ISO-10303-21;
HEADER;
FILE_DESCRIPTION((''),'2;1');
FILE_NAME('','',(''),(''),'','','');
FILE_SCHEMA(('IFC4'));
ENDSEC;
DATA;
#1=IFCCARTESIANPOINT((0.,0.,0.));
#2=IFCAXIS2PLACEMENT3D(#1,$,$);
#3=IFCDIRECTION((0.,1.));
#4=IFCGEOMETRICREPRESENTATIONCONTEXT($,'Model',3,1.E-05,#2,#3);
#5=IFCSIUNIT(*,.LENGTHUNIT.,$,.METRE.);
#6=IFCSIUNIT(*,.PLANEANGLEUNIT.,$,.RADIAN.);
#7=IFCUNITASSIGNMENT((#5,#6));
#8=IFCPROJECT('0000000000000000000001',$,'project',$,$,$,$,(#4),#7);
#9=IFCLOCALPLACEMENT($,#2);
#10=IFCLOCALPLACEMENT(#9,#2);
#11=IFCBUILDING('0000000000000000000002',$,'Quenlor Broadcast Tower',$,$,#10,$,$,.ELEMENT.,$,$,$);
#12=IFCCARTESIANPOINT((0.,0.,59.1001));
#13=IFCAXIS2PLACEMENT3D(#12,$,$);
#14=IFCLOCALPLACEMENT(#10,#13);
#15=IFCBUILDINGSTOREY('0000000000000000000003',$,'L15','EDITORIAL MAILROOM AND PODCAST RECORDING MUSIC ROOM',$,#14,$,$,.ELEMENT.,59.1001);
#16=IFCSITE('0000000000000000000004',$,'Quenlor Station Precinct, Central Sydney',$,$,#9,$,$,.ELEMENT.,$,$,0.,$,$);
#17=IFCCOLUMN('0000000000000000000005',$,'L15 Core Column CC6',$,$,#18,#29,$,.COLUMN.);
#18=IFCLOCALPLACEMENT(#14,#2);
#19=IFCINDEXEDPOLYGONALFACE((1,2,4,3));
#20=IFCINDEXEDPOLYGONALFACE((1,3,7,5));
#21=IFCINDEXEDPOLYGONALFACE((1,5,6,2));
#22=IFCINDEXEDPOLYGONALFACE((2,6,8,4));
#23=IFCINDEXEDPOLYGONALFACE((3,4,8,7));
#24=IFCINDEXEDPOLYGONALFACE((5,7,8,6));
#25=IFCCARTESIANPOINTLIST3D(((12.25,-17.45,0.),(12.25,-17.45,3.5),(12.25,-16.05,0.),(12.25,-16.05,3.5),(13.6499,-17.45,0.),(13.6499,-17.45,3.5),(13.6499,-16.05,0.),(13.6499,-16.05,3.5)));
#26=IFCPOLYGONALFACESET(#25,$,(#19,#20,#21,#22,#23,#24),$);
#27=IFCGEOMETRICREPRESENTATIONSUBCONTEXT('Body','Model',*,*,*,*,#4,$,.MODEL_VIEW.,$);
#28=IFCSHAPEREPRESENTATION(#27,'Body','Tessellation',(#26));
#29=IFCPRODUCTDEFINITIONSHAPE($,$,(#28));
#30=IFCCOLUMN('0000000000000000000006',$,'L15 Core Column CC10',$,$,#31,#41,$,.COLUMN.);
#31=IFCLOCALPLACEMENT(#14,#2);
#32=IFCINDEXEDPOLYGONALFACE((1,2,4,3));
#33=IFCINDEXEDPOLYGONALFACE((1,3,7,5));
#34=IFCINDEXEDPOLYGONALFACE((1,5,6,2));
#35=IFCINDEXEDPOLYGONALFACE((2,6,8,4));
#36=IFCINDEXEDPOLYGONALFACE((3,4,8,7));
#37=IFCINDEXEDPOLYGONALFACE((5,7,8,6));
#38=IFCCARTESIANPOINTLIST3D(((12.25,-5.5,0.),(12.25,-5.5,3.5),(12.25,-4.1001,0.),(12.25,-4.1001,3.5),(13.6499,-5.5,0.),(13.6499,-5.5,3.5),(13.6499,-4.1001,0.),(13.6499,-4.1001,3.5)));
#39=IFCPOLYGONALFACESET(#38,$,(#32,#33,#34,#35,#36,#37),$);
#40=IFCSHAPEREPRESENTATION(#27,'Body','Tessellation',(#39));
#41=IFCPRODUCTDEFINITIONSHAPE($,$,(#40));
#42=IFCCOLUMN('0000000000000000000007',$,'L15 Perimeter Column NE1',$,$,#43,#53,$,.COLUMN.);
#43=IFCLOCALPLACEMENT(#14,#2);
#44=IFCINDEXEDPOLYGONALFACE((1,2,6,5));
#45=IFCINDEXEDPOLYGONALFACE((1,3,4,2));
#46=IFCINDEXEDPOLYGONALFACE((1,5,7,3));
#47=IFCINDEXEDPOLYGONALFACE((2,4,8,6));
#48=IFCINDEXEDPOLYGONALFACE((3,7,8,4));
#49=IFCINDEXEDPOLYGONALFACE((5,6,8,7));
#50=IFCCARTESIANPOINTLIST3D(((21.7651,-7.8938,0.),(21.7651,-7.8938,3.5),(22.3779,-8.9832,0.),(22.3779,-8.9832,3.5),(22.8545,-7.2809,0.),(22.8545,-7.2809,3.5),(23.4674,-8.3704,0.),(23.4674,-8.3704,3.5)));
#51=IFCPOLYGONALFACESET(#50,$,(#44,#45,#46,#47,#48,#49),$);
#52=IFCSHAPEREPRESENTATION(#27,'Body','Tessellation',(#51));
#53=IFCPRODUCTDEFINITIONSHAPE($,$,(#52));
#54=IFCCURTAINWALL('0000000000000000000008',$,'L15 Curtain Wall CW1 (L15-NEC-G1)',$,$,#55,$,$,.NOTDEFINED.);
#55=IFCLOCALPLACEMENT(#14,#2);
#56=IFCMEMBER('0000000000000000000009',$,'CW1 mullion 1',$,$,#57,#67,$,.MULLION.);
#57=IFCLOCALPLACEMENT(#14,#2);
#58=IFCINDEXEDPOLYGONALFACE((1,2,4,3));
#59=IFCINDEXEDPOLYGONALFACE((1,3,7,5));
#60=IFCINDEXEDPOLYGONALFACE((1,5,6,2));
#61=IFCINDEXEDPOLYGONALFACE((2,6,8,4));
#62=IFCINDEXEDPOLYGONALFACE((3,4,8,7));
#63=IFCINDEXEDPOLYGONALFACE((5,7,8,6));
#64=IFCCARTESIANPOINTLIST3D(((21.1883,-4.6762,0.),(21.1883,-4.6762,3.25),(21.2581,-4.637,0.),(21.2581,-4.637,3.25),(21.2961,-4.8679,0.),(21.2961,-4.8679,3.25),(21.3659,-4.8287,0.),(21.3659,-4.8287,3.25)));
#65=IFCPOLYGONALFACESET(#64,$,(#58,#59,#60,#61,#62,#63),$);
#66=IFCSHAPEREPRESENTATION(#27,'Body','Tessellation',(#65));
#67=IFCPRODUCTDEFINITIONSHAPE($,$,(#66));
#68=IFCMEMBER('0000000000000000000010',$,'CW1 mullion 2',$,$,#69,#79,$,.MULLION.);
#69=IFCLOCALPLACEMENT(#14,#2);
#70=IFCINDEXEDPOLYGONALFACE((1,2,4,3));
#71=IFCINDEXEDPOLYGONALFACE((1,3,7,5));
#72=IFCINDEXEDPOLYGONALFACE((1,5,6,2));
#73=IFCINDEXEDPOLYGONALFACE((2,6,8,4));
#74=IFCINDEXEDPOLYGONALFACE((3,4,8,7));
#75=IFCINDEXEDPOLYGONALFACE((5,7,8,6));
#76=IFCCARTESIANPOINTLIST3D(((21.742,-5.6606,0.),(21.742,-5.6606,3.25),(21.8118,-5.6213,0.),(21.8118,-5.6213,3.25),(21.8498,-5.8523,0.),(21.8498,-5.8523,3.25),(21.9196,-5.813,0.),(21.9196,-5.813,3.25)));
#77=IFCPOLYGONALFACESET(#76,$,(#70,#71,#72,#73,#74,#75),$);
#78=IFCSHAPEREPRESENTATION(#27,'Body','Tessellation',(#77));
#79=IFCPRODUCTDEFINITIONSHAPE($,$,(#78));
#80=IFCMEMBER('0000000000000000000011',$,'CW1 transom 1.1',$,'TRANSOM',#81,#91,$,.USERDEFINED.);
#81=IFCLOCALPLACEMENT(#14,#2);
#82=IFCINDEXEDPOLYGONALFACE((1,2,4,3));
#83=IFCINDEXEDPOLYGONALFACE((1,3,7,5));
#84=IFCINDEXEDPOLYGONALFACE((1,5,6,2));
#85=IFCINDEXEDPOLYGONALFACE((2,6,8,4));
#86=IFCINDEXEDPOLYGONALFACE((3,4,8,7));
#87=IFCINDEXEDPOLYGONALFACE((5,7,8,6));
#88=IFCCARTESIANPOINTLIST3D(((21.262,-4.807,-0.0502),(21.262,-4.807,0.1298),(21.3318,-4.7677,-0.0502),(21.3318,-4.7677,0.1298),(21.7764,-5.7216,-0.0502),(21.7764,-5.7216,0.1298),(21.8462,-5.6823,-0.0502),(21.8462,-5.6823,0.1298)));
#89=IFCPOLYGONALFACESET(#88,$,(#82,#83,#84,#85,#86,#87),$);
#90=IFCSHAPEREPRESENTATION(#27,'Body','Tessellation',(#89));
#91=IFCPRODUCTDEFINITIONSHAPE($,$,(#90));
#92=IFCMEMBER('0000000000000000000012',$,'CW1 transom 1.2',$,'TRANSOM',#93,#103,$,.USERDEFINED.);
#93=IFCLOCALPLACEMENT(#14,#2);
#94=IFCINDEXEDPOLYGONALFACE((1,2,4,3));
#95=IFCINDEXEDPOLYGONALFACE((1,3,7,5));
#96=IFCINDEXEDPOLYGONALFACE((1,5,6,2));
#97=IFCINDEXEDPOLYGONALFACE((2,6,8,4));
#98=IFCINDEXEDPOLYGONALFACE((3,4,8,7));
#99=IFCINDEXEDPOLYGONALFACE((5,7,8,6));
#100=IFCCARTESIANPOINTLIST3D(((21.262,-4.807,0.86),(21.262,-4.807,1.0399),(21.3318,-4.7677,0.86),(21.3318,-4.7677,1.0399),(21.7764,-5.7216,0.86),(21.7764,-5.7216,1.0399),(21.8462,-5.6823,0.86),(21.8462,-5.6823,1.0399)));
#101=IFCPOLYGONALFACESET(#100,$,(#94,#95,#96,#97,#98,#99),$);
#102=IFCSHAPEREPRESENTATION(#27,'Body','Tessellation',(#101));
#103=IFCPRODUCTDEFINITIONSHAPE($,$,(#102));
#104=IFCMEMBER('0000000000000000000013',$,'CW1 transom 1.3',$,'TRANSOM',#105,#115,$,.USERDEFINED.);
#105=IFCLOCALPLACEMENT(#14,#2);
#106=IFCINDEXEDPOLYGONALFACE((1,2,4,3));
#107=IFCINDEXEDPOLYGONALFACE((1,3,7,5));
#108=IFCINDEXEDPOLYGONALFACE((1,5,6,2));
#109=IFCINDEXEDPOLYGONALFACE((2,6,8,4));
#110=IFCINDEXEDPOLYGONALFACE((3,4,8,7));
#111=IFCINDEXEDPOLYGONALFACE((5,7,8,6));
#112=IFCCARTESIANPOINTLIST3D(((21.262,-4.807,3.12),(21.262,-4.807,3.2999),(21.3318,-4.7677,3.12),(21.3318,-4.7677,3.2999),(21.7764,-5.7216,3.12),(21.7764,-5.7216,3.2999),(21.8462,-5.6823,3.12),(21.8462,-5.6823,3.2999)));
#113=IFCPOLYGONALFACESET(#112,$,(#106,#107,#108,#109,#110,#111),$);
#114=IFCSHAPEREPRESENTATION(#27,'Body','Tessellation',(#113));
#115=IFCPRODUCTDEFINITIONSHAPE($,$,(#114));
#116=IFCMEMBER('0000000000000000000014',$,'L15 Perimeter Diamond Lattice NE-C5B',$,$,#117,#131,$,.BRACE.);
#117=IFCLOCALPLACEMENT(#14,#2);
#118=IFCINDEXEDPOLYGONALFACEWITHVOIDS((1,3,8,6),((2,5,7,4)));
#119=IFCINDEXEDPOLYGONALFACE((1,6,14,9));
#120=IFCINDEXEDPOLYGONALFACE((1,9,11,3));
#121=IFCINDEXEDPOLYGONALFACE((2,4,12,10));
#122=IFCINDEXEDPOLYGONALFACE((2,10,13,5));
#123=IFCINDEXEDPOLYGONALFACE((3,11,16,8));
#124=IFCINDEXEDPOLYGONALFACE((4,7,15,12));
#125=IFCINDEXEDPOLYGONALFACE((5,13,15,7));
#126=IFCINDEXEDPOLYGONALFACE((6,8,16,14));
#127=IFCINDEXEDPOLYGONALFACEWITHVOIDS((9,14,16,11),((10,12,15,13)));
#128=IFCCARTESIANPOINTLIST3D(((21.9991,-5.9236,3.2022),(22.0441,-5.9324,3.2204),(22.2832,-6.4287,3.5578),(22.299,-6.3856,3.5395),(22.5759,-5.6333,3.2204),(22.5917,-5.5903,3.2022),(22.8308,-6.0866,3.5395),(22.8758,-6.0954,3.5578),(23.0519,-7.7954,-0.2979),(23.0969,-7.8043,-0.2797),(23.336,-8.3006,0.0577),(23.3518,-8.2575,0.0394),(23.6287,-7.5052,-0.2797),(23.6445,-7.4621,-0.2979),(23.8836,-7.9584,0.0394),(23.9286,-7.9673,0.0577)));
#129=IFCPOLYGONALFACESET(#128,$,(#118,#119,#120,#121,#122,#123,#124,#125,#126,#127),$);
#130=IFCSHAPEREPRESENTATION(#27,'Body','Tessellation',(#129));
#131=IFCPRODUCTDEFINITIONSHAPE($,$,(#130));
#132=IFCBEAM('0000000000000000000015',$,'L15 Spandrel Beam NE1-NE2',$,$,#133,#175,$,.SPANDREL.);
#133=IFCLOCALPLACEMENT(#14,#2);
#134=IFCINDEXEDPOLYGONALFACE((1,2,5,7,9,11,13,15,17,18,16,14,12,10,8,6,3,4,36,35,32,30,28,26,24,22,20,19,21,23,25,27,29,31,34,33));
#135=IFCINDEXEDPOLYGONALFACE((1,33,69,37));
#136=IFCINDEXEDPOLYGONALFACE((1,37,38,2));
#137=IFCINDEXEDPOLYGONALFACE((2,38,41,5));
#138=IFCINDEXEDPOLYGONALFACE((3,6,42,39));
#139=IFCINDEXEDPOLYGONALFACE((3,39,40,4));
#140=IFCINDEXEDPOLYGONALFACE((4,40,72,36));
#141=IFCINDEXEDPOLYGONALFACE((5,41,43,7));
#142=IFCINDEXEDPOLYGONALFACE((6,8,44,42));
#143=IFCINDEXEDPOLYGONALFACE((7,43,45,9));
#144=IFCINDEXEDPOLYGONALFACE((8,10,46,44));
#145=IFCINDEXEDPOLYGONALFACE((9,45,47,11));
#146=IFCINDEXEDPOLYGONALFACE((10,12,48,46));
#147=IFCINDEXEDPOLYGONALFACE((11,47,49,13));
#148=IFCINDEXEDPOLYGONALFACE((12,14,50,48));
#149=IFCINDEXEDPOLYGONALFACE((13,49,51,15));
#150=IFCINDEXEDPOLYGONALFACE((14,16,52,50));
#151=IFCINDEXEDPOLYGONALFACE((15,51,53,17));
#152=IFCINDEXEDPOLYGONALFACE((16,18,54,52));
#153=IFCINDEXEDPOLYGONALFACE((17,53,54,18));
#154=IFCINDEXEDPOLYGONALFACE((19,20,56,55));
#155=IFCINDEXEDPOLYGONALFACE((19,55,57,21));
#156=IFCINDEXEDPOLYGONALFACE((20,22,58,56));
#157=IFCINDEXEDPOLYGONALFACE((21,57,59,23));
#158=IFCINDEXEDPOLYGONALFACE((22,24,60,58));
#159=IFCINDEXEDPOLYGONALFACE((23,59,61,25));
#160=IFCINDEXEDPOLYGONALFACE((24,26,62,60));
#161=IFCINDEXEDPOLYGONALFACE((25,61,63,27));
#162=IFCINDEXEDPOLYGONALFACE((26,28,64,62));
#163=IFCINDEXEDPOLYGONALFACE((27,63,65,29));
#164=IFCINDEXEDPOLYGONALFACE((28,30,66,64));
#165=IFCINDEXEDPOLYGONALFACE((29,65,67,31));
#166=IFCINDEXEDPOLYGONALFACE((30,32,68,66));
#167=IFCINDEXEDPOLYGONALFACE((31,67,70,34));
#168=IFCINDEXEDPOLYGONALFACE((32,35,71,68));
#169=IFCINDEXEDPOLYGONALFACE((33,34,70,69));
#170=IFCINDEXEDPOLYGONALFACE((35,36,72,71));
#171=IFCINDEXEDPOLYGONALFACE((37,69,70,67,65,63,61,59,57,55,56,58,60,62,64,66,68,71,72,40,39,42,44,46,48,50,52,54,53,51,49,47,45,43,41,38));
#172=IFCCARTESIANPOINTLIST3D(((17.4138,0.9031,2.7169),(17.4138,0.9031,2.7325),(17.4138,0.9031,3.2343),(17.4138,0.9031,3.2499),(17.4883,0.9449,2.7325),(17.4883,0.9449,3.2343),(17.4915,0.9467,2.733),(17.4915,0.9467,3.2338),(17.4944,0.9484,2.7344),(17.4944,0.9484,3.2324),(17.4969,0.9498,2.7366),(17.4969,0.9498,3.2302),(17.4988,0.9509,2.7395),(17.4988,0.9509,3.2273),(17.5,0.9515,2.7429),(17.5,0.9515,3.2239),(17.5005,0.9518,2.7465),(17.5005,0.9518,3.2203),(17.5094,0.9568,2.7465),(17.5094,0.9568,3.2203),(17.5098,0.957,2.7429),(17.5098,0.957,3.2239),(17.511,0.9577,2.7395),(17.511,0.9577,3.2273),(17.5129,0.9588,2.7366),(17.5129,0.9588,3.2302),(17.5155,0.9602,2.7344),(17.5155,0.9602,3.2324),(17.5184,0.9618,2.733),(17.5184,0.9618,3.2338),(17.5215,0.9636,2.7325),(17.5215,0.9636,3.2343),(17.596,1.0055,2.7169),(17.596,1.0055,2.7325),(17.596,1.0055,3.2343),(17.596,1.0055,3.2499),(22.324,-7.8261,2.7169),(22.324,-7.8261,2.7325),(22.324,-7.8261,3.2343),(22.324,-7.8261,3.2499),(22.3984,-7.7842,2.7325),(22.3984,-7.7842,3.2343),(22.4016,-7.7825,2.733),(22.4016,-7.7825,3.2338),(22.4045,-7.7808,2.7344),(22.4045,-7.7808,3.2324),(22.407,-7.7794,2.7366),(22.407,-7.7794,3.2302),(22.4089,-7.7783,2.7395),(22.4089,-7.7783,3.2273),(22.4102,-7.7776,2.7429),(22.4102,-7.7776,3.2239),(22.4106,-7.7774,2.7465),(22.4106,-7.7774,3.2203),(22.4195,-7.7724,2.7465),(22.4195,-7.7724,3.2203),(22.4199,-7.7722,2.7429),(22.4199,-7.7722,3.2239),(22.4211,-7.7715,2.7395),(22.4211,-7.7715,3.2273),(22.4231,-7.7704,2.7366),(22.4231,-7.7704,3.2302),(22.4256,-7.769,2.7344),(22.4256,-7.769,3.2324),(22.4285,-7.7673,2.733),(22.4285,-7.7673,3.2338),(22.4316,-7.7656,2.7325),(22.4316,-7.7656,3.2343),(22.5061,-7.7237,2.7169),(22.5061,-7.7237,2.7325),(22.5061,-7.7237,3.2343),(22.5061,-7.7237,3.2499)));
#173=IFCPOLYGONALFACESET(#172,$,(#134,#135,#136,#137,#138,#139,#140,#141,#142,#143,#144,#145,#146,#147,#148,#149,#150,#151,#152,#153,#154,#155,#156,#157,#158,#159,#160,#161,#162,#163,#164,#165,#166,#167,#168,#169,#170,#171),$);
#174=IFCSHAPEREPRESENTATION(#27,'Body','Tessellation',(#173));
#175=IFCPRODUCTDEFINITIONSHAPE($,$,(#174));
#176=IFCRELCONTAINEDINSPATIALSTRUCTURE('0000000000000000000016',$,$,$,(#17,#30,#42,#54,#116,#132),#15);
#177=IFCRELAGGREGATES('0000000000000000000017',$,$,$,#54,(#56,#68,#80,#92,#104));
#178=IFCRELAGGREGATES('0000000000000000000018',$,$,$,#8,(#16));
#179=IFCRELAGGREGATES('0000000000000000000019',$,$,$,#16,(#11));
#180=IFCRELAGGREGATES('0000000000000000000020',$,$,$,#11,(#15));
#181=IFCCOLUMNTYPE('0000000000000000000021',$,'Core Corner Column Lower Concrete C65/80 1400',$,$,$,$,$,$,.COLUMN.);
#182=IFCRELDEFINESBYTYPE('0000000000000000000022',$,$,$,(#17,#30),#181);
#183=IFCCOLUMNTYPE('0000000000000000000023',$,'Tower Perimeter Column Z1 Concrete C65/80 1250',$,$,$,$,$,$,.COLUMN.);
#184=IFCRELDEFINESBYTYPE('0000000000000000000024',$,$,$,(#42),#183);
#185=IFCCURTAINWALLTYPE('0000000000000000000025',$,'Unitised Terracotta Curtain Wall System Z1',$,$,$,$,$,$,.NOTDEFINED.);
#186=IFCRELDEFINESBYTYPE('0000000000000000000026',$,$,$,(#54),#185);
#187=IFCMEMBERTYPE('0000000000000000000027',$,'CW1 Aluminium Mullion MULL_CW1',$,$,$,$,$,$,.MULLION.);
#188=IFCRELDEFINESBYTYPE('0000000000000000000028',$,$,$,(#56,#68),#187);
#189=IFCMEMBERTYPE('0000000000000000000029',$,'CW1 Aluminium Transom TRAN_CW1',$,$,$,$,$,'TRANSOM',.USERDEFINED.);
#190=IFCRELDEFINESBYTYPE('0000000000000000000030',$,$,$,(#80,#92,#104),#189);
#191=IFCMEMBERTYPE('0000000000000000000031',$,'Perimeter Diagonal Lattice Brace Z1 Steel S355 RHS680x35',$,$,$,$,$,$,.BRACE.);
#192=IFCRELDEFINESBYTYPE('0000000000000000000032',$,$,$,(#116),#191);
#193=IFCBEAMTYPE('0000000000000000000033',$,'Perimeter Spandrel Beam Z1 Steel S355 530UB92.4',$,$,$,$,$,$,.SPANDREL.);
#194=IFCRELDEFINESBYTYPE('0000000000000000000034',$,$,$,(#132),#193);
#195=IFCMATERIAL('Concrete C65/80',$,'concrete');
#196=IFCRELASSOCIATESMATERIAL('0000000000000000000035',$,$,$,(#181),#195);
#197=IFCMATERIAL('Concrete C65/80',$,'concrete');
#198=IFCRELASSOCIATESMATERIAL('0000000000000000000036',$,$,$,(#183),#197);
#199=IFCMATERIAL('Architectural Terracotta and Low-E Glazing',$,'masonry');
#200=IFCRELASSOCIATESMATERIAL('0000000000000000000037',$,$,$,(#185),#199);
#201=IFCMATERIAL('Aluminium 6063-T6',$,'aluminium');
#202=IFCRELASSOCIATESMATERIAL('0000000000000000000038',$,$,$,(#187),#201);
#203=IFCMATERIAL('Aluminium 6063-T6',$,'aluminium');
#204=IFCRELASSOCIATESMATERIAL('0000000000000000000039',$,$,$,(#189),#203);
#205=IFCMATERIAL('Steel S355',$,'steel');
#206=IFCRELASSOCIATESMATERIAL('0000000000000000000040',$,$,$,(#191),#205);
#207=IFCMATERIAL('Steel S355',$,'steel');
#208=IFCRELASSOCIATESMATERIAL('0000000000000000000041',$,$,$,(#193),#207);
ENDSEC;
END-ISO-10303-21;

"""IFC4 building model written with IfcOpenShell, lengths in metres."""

from ifc_helpers import new_model, si_unit, direction, frame, origin, origin_2d, place, context, subcontext, project, spatial, rectangle, hollow_rectangle, i_section, extrude, material, material_profile, profile_set, type_object, element, aggregate, save


model = new_model("IFC4")

# Units and contexts
model_context = context("Model", 3, precision=1e-05, world=origin(), true_north=direction((0.0, 1.0)))
body_context = subcontext(model_context, "Body", "Model", "MODEL_VIEW")
ifc_project = project(units=[si_unit("LENGTHUNIT", "METRE"), si_unit("PLANEANGLEUNIT", "RADIAN")], contexts=[model_context])

# Site, building, storey
site_placement = place(None, origin())
site = spatial("IfcSite", under=ifc_project, at=site_placement, Name="Quenlor Station Precinct, Central Sydney", CompositionType="ELEMENT", RefElevation=0.0)
building_placement = place(site_placement, origin())
building = spatial("IfcBuilding", under=site, at=building_placement, Name="Quenlor Broadcast Tower", CompositionType="ELEMENT")
storey_placement = place(building_placement, frame((0.0, 0.0, 59.1001)))
storey = spatial("IfcBuildingStorey", under=building, at=storey_placement, Name="L15", Description="EDITORIAL MAILROOM AND PODCAST RECORDING MUSIC ROOM", CompositionType="ELEMENT", Elevation=59.1001)

# Columns
ifc_material_1 = material(Name="Concrete C65/80", Category="concrete")
ifc_material_profile_1 = material_profile(ifc_material_1, rectangle(XDim=1.3999, YDim=1.3999, at=origin_2d()))
ifc_profile_set_1 = profile_set([ifc_material_profile_1], Name="Concrete C65/80 RC1400x1400")
column_type_1 = type_object("IfcColumnType", Name="Core Corner Column Lower Concrete C65/80 1400", PredefinedType="COLUMN", material=ifc_profile_set_1)
for number, where, z_axis, x_axis, name in (
    (1, (12.95, -16.75, 0.0), (0.0, 0.0, 1.0), (1.0, 0.0, 0.0), "L15 Core Column CC6"),
    (2, (12.95, -4.8, 0.0), (0.0, 0.0, 1.0), (1.0, 0.0, 0.0), "L15 Core Column CC10"),
):
    element("IfcColumn", number, at=place(storey_placement, frame(where, z_axis=z_axis, x_axis=x_axis)), inside=storey, type_object=column_type_1, Name=name, PredefinedType="COLUMN", context=body_context, shape_type="SweptSolid", body=[
        extrude(rectangle(XDim=1.3999, YDim=1.3999, at=origin_2d()), origin(), (0.0, 0.0, 1.0), 3.5),
    ])
ifc_material_2 = material(Name="Concrete C65/80", Category="concrete")
ifc_material_profile_2 = material_profile(ifc_material_2, rectangle(XDim=1.25, YDim=1.25, at=origin_2d()))
ifc_profile_set_2 = profile_set([ifc_material_profile_2], Name="Concrete C65/80 RC1250x1250")
column_type_2 = type_object("IfcColumnType", Name="Tower Perimeter Column Z1 Concrete C65/80 1250", PredefinedType="COLUMN", material=ifc_profile_set_2)
column_placement = place(storey_placement, frame((22.6162, -8.1321, 0.0), z_axis=(0.0, 0.0, 1.0), x_axis=(0.871575, 0.490262, 0.0)))
element("IfcColumn", 3, at=column_placement, inside=storey, type_object=column_type_2, Name="L15 Perimeter Column NE1", PredefinedType="COLUMN", context=body_context, shape_type="SweptSolid", body=[
    extrude(rectangle(XDim=1.25, YDim=1.25, at=origin_2d()), origin(), (0.0, 0.0, 1.0), 3.5),
])

# Curtain wall, members
ifc_material_3 = material(Name="Architectural Terracotta and Low-E Glazing", Category="masonry")
curtain_wall_type = type_object("IfcCurtainWallType", Name="Unitised Terracotta Curtain Wall System Z1", PredefinedType="NOTDEFINED", material=ifc_material_3)
curtain_wall_placement = place(storey_placement, origin())
curtain_wall = element("IfcCurtainWall", 4, at=curtain_wall_placement, inside=storey, type_object=curtain_wall_type, Name="L15 Curtain Wall CW1 (L15-NEC-G1)", PredefinedType="NOTDEFINED")
ifc_material_4 = material(Name="Aluminium 6063-T6", Category="aluminium")
ifc_material_profile_3 = material_profile(ifc_material_4, rectangle(XDim=0.0801, YDim=0.22, at=origin_2d()))
ifc_profile_set_3 = profile_set([ifc_material_profile_3], Name="Aluminium 6063-T6 MULL80x220")
member_type_1 = type_object("IfcMemberType", Name="CW1 Aluminium Mullion MULL_CW1", PredefinedType="MULLION", material=ifc_profile_set_3)
member_1_placement = place(storey_placement, frame((21.2771, -4.7524, 0.0), z_axis=(0.0, 0.0, 1.0), x_axis=(0.871567, 0.490277, 0.0)))
member_1 = element("IfcMember", 5, at=member_1_placement, type_object=member_type_1, Name="CW1 mullion 1", PredefinedType="MULLION", context=body_context, shape_type="SweptSolid", body=[
    extrude(rectangle(XDim=0.0801, YDim=0.22, at=origin_2d()), origin(), (0.0, 0.0, 1.0), 3.25),
])
member_2_placement = place(storey_placement, frame((21.8308, -5.7368, 0.0), z_axis=(0.0, 0.0, 1.0), x_axis=(0.871567, 0.490277, 0.0)))
member_2 = element("IfcMember", 6, at=member_2_placement, type_object=member_type_1, Name="CW1 mullion 2", PredefinedType="MULLION", context=body_context, shape_type="SweptSolid", body=[
    extrude(rectangle(XDim=0.0801, YDim=0.22, at=origin_2d()), origin(), (0.0, 0.0, 1.0), 3.25),
])
ifc_material_5 = material(Name="Aluminium 6063-T6", Category="aluminium")
ifc_material_profile_4 = material_profile(ifc_material_5, rectangle(XDim=0.0801, YDim=0.1799, at=origin_2d()))
ifc_profile_set_4 = profile_set([ifc_material_profile_4], Name="Aluminium 6063-T6 TRAN80x180")
member_type_2 = type_object("IfcMemberType", Name="CW1 Aluminium Transom TRAN_CW1", ElementType="TRANSOM", PredefinedType="USERDEFINED", material=ifc_profile_set_4)
member_3_placement = place(storey_placement, frame((21.2969, -4.7874, 0.0398), z_axis=(0.490239, -0.871588, 0.0), x_axis=(0.871588, 0.490239, 0.0)))
member_3 = element("IfcMember", 7, at=member_3_placement, type_object=member_type_2, Name="CW1 transom 1.1", ObjectType="TRANSOM", PredefinedType="USERDEFINED", context=body_context, shape_type="SweptSolid", body=[
    extrude(rectangle(XDim=0.0801, YDim=0.1799, at=origin_2d()), origin(), (0.0, 0.0, 1.0), 1.0493),
])
member_4_placement = place(storey_placement, frame((21.2969, -4.7874, 0.95), z_axis=(0.490239, -0.871588, 0.0), x_axis=(0.871588, 0.490239, 0.0)))
member_4 = element("IfcMember", 8, at=member_4_placement, type_object=member_type_2, Name="CW1 transom 1.2", ObjectType="TRANSOM", PredefinedType="USERDEFINED", context=body_context, shape_type="SweptSolid", body=[
    extrude(rectangle(XDim=0.0801, YDim=0.1799, at=origin_2d()), origin(), (0.0, 0.0, 1.0), 1.0493),
])
member_5_placement = place(storey_placement, frame((21.2969, -4.7874, 3.21), z_axis=(0.490239, -0.871588, 0.0), x_axis=(0.871588, 0.490239, 0.0)))
member_5 = element("IfcMember", 9, at=member_5_placement, type_object=member_type_2, Name="CW1 transom 1.3", ObjectType="TRANSOM", PredefinedType="USERDEFINED", context=body_context, shape_type="SweptSolid", body=[
    extrude(rectangle(XDim=0.0801, YDim=0.1799, at=origin_2d()), origin(), (0.0, 0.0, 1.0), 1.0493),
])

# Member
ifc_material_6 = material(Name="Steel S355", Category="steel")
ifc_material_profile_5 = material_profile(ifc_material_6, hollow_rectangle(XDim=0.6799, YDim=0.6799, WallThickness=0.0349, at=origin_2d()))
ifc_profile_set_5 = profile_set([ifc_material_profile_5], Name="Steel S355 RHS680x680x35")
member_type_3 = type_object("IfcMemberType", Name="Perimeter Diagonal Lattice Brace Z1 Steel S355 RHS680x35", PredefinedType="BRACE", material=ifc_profile_set_5)
member_6_placement = place(storey_placement, frame((23.4902, -7.8813, -0.1201), z_axis=(-0.256368, 0.455839, 0.852342), x_axis=(-0.871609, -0.490202, 0.0)))
element("IfcMember", 10, at=member_6_placement, inside=storey, type_object=member_type_3, Name="L15 Perimeter Diamond Lattice NE-C5B", PredefinedType="BRACE", context=body_context, shape_type="SweptSolid", body=[
    extrude(hollow_rectangle(XDim=0.6799, YDim=0.6799, WallThickness=0.0349, at=origin_2d()), origin(), (0.0, 0.0, 1.0), 4.1064),
])

# Beam
ifc_material_7 = material(Name="Steel S355", Category="steel")
ifc_material_profile_6 = material_profile(ifc_material_7, i_section(OverallWidth=0.209, OverallDepth=0.533, WebThickness=0.0103, FlangeThickness=0.0156, FilletRadius=0.0139, at=origin_2d()))
ifc_profile_set_6 = profile_set([ifc_material_profile_6], Name="Steel S355 530UB92.4")
beam_type_1 = type_object("IfcBeamType", Name="Perimeter Spandrel Beam Z1 Steel S355 530UB92.4", PredefinedType="SPANDREL", material=ifc_profile_set_6)
beam_1_placement = place(storey_placement, frame((22.415, -7.7749, 2.9834), z_axis=(-0.490258, 0.871577, 0.0), x_axis=(-0.871577, -0.490258, 0.0)))
element("IfcBeam", 11, at=beam_1_placement, inside=storey, type_object=beam_type_1, Name="L15 Spandrel Beam NE1-NE2", PredefinedType="SPANDREL", context=body_context, shape_type="SweptSolid", body=[
    extrude(i_section(OverallWidth=0.209, OverallDepth=0.533, WebThickness=0.0103, FlangeThickness=0.0156, FilletRadius=0.0139, at=origin_2d()), origin(), (0.0, 0.0, 1.0), 10.0154),
])

aggregate(curtain_wall, [member_1, member_2, member_3, member_4, member_5])

save(model, "model.ifc")
